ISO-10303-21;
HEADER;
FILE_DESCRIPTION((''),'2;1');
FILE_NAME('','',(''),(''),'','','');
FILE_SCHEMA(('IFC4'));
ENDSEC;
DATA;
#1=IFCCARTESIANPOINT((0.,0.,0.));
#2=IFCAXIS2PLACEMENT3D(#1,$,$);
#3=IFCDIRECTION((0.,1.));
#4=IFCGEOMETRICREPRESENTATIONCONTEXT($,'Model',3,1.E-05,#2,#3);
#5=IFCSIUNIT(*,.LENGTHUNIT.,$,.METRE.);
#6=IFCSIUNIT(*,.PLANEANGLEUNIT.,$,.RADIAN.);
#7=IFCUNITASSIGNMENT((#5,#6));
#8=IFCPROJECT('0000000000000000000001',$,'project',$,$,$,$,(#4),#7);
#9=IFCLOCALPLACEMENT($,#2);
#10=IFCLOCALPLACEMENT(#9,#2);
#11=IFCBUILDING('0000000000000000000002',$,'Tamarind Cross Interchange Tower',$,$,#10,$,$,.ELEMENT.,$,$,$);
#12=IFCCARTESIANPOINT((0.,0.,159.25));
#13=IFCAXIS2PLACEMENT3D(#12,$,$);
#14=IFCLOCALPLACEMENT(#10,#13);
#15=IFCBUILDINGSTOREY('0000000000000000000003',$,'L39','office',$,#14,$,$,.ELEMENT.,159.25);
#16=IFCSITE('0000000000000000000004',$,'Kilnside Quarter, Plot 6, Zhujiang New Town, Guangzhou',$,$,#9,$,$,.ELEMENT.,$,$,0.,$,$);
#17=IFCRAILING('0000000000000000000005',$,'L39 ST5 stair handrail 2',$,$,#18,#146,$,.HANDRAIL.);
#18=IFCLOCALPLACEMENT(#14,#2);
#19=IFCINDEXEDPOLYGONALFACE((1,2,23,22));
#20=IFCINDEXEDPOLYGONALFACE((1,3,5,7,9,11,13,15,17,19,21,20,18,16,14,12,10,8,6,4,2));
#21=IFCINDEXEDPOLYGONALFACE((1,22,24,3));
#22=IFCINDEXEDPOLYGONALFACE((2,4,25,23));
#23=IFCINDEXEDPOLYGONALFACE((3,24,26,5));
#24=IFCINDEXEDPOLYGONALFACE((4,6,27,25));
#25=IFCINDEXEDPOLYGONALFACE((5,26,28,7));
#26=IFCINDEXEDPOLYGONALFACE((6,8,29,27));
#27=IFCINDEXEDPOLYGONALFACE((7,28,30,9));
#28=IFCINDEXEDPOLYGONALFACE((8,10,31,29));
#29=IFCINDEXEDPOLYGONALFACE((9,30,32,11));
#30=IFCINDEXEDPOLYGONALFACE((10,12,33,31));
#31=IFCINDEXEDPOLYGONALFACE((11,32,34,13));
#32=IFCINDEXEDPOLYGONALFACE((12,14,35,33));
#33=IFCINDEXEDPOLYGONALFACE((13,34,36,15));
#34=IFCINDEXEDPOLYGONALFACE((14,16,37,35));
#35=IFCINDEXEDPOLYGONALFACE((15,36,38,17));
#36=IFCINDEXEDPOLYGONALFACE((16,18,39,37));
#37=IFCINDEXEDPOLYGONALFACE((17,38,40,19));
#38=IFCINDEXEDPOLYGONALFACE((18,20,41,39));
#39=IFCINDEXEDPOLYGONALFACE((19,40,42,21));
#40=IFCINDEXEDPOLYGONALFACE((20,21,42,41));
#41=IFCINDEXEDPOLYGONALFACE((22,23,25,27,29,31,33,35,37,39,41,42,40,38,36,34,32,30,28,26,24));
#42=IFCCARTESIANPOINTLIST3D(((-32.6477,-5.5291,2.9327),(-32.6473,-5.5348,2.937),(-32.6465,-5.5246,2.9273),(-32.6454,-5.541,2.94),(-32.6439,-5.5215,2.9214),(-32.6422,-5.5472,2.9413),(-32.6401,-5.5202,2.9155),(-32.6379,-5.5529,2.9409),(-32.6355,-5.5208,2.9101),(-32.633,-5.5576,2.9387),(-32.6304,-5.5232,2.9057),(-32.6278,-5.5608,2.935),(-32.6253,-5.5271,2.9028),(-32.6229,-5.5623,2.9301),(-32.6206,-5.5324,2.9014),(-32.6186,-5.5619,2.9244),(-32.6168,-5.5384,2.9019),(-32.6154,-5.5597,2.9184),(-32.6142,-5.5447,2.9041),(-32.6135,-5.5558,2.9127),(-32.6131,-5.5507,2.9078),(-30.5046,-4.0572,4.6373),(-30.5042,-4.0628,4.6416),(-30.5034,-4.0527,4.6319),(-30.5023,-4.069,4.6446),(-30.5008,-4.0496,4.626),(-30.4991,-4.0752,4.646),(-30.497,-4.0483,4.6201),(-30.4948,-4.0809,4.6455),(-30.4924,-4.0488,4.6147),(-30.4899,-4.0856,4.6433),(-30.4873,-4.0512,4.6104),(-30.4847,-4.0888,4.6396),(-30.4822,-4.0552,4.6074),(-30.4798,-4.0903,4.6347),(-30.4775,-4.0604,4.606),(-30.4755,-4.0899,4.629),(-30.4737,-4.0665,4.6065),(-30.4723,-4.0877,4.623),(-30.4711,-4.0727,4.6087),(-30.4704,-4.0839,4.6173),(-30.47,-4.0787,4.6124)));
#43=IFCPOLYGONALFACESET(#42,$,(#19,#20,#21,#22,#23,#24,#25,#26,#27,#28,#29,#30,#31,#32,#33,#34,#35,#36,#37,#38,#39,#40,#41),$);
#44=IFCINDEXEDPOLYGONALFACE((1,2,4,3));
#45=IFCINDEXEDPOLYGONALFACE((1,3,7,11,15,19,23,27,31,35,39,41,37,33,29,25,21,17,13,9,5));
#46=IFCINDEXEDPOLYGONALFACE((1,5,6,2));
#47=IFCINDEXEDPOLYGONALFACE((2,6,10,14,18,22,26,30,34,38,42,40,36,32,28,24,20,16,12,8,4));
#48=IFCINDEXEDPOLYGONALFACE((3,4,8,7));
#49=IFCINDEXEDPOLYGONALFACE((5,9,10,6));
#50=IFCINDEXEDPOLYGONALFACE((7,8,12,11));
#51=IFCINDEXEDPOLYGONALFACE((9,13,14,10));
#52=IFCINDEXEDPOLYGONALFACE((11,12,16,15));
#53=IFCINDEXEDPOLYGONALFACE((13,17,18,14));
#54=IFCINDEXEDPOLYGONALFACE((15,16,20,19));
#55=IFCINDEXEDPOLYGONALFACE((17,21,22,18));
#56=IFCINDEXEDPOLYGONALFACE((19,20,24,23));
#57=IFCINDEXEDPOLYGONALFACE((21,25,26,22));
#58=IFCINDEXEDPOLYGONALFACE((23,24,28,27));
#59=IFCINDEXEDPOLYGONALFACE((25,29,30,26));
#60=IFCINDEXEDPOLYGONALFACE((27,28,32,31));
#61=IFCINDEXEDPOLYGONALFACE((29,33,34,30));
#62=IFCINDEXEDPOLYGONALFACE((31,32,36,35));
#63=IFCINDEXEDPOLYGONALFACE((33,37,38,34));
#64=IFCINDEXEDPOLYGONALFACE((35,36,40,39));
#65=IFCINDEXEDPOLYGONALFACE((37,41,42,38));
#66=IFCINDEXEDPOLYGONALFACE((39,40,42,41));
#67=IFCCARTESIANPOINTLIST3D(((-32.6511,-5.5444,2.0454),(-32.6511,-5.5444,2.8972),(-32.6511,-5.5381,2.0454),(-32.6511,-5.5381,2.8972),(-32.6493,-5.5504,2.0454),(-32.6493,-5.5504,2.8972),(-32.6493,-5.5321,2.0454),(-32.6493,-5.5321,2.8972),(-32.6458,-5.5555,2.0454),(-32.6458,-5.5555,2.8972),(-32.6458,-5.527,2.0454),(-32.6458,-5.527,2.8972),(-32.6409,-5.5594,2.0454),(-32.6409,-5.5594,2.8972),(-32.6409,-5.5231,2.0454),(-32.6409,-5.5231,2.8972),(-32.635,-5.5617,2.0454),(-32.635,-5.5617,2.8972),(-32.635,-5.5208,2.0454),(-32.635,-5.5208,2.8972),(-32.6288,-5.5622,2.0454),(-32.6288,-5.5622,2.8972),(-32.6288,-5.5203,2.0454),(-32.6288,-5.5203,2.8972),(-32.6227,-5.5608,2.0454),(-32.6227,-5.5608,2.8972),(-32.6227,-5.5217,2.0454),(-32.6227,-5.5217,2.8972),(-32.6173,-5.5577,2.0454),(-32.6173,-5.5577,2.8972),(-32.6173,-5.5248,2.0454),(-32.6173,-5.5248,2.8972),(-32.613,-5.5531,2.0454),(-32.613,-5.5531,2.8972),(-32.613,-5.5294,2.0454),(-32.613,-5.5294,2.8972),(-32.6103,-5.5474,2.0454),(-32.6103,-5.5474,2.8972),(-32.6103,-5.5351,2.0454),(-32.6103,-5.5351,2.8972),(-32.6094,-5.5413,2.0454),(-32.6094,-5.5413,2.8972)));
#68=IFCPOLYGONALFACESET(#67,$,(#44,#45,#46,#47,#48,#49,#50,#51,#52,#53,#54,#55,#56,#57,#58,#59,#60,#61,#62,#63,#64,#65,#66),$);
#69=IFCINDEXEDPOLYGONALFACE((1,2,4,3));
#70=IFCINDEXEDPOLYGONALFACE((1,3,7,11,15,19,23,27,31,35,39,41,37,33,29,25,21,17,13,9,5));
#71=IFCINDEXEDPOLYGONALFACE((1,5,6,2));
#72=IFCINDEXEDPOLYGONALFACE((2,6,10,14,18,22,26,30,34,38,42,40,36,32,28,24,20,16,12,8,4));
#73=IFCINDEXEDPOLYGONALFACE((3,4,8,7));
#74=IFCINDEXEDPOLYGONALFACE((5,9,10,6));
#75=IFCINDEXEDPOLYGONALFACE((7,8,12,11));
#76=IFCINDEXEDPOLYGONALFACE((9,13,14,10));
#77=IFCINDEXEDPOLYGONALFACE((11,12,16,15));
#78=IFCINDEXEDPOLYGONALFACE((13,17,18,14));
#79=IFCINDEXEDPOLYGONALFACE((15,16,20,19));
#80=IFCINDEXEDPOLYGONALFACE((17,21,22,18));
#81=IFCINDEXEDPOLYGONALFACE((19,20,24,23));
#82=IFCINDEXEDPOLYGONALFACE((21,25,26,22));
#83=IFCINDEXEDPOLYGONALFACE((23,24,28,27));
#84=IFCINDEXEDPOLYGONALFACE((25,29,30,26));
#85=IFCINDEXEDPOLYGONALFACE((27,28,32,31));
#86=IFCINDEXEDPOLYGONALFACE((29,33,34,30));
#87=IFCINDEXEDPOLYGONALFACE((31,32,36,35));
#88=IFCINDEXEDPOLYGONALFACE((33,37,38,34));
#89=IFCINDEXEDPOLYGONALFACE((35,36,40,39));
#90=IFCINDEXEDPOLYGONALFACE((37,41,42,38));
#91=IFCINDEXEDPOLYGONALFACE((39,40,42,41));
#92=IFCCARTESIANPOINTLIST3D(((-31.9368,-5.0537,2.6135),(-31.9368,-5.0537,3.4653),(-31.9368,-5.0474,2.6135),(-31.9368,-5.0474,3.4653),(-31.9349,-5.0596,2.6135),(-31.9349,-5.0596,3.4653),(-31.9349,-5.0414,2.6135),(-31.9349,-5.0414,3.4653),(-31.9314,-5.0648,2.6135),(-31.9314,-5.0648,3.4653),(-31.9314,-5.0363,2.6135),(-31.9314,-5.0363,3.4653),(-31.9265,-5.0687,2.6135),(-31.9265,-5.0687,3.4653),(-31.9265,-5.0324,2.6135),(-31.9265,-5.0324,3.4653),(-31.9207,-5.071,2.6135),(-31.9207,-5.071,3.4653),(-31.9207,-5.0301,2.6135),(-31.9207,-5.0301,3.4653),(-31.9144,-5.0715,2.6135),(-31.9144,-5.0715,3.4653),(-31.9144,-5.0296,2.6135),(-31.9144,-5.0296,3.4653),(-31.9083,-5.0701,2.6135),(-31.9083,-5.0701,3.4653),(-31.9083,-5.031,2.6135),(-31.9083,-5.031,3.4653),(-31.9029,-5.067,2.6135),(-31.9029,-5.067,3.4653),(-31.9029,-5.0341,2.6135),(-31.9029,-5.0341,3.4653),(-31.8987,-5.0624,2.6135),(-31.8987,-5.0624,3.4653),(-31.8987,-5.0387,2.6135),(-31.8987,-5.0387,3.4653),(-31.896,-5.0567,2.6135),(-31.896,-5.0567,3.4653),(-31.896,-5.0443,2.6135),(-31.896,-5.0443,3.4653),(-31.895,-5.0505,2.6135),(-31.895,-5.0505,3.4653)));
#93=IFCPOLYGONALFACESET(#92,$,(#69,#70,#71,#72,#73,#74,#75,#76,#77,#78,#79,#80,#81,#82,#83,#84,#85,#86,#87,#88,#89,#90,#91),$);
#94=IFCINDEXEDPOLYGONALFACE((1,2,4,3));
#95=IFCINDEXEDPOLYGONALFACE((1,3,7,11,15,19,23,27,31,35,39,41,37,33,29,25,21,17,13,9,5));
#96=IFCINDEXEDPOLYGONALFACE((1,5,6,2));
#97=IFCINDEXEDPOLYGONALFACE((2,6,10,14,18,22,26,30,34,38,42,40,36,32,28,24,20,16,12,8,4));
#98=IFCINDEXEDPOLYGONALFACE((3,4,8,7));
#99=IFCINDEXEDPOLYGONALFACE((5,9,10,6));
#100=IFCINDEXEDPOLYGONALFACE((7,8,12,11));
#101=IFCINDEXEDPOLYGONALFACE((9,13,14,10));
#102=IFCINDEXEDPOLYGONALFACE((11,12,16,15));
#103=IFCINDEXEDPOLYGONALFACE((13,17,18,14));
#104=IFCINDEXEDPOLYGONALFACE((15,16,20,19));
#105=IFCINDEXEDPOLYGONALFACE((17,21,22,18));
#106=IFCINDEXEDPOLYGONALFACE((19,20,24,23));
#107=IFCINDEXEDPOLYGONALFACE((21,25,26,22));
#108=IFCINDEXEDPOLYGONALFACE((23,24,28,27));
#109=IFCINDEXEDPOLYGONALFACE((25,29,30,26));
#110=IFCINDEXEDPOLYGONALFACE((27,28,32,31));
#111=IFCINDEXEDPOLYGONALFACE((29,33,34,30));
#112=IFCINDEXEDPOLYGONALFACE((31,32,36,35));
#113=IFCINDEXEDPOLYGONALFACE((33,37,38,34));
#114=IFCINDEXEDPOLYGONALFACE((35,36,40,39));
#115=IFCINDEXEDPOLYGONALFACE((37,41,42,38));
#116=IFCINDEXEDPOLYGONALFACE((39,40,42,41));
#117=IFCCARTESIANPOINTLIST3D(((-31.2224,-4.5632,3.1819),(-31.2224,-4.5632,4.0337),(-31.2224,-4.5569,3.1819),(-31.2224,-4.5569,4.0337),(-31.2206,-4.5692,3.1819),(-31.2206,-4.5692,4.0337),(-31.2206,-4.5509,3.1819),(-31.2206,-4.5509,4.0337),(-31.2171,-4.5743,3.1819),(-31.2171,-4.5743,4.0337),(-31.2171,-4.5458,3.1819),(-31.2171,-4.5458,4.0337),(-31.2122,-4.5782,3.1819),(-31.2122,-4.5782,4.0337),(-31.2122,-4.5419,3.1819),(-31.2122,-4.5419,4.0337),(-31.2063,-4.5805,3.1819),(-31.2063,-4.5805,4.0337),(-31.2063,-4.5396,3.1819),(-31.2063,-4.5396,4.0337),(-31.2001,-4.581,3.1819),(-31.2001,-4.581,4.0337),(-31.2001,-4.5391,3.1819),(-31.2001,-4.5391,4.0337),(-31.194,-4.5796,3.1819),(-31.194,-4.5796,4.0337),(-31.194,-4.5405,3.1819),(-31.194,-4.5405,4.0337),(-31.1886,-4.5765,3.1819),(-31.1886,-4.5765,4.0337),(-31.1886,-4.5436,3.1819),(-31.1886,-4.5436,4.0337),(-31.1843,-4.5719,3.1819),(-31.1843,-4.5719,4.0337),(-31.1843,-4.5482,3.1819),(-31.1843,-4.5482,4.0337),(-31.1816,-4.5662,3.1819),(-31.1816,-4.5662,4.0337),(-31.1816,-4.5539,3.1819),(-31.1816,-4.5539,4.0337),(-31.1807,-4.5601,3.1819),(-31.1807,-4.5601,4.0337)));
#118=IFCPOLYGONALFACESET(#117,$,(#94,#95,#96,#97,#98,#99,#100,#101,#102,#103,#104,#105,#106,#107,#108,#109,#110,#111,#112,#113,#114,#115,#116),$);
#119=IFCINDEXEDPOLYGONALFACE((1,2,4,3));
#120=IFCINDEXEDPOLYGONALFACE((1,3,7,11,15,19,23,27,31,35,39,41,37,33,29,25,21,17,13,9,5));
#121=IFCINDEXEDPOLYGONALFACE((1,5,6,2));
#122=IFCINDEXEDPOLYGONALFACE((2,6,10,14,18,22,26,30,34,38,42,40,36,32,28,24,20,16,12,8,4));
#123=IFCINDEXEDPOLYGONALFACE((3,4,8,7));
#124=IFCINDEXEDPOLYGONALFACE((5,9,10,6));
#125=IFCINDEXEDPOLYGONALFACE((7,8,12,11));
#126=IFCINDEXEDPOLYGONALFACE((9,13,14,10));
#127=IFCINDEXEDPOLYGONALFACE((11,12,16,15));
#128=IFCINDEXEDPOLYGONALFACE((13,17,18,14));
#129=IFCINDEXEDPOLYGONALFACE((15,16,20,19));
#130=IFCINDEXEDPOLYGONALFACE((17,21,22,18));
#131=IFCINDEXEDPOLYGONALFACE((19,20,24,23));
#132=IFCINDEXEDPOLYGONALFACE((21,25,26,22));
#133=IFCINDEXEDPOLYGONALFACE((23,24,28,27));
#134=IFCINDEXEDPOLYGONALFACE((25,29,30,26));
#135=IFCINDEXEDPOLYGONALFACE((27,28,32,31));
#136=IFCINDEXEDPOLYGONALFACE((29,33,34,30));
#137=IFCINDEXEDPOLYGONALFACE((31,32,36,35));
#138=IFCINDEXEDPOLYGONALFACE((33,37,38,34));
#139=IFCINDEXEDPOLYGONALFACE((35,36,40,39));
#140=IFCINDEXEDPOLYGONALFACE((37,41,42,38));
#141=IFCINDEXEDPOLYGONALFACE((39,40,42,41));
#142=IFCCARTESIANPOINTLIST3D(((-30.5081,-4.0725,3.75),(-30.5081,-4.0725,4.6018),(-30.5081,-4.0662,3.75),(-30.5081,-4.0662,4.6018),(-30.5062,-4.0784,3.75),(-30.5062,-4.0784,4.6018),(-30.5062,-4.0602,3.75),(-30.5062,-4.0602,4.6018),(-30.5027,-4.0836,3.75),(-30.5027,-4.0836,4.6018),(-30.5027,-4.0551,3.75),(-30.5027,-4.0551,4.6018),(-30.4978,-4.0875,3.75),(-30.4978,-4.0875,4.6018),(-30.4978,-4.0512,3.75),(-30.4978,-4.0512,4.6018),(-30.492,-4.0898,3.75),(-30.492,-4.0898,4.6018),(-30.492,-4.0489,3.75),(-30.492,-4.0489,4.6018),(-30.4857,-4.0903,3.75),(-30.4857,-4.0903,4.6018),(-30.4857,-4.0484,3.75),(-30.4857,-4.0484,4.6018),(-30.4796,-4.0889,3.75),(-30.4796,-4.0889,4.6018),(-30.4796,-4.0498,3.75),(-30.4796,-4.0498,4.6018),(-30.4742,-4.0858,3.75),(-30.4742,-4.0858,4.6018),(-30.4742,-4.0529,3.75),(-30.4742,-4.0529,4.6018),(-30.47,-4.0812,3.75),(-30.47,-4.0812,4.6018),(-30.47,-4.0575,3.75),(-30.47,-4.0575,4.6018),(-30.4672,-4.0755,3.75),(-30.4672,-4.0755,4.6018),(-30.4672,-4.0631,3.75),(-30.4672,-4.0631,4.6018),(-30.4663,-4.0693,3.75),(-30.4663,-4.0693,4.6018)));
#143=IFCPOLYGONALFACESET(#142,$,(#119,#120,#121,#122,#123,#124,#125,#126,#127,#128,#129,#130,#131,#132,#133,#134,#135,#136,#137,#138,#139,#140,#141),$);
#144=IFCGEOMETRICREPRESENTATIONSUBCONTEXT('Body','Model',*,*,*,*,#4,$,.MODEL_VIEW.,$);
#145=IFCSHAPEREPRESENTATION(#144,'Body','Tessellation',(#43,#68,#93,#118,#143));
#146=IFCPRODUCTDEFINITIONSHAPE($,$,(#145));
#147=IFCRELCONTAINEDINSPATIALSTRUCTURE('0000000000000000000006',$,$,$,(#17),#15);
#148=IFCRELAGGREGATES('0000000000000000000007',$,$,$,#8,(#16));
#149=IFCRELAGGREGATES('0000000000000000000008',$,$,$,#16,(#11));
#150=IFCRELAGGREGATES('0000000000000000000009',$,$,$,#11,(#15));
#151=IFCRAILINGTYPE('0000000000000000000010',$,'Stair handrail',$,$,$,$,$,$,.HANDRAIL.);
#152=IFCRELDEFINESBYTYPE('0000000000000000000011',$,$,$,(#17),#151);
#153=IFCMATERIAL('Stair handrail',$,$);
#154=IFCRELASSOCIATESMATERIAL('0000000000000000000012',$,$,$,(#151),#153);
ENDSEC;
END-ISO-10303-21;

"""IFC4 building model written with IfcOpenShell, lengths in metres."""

from ifc_helpers import new_model, si_unit, direction, frame, origin, origin_2d, place, context, subcontext, project, spatial, circle, extrude, material, type_object, element, save


model = new_model("IFC4")

# Units and contexts
model_context = context("Model", 3, precision=1e-05, world=origin(), true_north=direction((0.0, 1.0)))
body_context = subcontext(model_context, "Body", "Model", "MODEL_VIEW")
ifc_project = project(units=[si_unit("LENGTHUNIT", "METRE"), si_unit("PLANEANGLEUNIT", "RADIAN")], contexts=[model_context])

# Site, building, storey
site_placement = place(None, origin())
site = spatial("IfcSite", under=ifc_project, at=site_placement, Name="Kilnside Quarter, Plot 6, Zhujiang New Town, Guangzhou", CompositionType="ELEMENT", RefElevation=0.0)
building_placement = place(site_placement, origin())
building = spatial("IfcBuilding", under=site, at=building_placement, Name="Tamarind Cross Interchange Tower", CompositionType="ELEMENT")
storey_placement = place(building_placement, frame((0.0, 0.0, 159.25)))
storey = spatial("IfcBuildingStorey", under=building, at=storey_placement, Name="L39", Description="office", CompositionType="ELEMENT", Elevation=159.25)

# Railing
ifc_material_1 = material(Name="Stair handrail")
railing_type_1 = type_object("IfcRailingType", Name="Stair handrail", PredefinedType="HANDRAIL", material=ifc_material_1)
railing_1_placement = place(storey_placement, frame((-32.6304, -5.5413, 2.0454)))
element("IfcRailing", 1, at=railing_1_placement, inside=storey, type_object=railing_type_1, Name="L39 ST5 stair handrail 2", PredefinedType="HANDRAIL", context=body_context, shape_type="SweptSolid", body=[
    extrude(circle(Radius=0.0239, at=origin_2d()), frame((0.0, 0.0, 0.876), z_axis=(0.689345, 0.473463, 0.548303), x_axis=(-0.566154, 0.824299, 0.0)), (0.0, 0.0, 1.0), 3.1089),
    extrude(circle(Radius=0.021, at=origin_2d()), origin(), (0.0, 0.0, 1.0), 0.8518),
    extrude(circle(Radius=0.021, at=origin_2d()), frame((0.7144, 0.4907, 0.5681)), (0.0, 0.0, 1.0), 0.8518),
    extrude(circle(Radius=0.021, at=origin_2d()), frame((1.4287, 0.9812, 1.1365)), (0.0, 0.0, 1.0), 0.8518),
    extrude(circle(Radius=0.021, at=origin_2d()), frame((2.1431, 1.4719, 1.7046)), (0.0, 0.0, 1.0), 0.8518),
])

save(model, "model.ifc")
